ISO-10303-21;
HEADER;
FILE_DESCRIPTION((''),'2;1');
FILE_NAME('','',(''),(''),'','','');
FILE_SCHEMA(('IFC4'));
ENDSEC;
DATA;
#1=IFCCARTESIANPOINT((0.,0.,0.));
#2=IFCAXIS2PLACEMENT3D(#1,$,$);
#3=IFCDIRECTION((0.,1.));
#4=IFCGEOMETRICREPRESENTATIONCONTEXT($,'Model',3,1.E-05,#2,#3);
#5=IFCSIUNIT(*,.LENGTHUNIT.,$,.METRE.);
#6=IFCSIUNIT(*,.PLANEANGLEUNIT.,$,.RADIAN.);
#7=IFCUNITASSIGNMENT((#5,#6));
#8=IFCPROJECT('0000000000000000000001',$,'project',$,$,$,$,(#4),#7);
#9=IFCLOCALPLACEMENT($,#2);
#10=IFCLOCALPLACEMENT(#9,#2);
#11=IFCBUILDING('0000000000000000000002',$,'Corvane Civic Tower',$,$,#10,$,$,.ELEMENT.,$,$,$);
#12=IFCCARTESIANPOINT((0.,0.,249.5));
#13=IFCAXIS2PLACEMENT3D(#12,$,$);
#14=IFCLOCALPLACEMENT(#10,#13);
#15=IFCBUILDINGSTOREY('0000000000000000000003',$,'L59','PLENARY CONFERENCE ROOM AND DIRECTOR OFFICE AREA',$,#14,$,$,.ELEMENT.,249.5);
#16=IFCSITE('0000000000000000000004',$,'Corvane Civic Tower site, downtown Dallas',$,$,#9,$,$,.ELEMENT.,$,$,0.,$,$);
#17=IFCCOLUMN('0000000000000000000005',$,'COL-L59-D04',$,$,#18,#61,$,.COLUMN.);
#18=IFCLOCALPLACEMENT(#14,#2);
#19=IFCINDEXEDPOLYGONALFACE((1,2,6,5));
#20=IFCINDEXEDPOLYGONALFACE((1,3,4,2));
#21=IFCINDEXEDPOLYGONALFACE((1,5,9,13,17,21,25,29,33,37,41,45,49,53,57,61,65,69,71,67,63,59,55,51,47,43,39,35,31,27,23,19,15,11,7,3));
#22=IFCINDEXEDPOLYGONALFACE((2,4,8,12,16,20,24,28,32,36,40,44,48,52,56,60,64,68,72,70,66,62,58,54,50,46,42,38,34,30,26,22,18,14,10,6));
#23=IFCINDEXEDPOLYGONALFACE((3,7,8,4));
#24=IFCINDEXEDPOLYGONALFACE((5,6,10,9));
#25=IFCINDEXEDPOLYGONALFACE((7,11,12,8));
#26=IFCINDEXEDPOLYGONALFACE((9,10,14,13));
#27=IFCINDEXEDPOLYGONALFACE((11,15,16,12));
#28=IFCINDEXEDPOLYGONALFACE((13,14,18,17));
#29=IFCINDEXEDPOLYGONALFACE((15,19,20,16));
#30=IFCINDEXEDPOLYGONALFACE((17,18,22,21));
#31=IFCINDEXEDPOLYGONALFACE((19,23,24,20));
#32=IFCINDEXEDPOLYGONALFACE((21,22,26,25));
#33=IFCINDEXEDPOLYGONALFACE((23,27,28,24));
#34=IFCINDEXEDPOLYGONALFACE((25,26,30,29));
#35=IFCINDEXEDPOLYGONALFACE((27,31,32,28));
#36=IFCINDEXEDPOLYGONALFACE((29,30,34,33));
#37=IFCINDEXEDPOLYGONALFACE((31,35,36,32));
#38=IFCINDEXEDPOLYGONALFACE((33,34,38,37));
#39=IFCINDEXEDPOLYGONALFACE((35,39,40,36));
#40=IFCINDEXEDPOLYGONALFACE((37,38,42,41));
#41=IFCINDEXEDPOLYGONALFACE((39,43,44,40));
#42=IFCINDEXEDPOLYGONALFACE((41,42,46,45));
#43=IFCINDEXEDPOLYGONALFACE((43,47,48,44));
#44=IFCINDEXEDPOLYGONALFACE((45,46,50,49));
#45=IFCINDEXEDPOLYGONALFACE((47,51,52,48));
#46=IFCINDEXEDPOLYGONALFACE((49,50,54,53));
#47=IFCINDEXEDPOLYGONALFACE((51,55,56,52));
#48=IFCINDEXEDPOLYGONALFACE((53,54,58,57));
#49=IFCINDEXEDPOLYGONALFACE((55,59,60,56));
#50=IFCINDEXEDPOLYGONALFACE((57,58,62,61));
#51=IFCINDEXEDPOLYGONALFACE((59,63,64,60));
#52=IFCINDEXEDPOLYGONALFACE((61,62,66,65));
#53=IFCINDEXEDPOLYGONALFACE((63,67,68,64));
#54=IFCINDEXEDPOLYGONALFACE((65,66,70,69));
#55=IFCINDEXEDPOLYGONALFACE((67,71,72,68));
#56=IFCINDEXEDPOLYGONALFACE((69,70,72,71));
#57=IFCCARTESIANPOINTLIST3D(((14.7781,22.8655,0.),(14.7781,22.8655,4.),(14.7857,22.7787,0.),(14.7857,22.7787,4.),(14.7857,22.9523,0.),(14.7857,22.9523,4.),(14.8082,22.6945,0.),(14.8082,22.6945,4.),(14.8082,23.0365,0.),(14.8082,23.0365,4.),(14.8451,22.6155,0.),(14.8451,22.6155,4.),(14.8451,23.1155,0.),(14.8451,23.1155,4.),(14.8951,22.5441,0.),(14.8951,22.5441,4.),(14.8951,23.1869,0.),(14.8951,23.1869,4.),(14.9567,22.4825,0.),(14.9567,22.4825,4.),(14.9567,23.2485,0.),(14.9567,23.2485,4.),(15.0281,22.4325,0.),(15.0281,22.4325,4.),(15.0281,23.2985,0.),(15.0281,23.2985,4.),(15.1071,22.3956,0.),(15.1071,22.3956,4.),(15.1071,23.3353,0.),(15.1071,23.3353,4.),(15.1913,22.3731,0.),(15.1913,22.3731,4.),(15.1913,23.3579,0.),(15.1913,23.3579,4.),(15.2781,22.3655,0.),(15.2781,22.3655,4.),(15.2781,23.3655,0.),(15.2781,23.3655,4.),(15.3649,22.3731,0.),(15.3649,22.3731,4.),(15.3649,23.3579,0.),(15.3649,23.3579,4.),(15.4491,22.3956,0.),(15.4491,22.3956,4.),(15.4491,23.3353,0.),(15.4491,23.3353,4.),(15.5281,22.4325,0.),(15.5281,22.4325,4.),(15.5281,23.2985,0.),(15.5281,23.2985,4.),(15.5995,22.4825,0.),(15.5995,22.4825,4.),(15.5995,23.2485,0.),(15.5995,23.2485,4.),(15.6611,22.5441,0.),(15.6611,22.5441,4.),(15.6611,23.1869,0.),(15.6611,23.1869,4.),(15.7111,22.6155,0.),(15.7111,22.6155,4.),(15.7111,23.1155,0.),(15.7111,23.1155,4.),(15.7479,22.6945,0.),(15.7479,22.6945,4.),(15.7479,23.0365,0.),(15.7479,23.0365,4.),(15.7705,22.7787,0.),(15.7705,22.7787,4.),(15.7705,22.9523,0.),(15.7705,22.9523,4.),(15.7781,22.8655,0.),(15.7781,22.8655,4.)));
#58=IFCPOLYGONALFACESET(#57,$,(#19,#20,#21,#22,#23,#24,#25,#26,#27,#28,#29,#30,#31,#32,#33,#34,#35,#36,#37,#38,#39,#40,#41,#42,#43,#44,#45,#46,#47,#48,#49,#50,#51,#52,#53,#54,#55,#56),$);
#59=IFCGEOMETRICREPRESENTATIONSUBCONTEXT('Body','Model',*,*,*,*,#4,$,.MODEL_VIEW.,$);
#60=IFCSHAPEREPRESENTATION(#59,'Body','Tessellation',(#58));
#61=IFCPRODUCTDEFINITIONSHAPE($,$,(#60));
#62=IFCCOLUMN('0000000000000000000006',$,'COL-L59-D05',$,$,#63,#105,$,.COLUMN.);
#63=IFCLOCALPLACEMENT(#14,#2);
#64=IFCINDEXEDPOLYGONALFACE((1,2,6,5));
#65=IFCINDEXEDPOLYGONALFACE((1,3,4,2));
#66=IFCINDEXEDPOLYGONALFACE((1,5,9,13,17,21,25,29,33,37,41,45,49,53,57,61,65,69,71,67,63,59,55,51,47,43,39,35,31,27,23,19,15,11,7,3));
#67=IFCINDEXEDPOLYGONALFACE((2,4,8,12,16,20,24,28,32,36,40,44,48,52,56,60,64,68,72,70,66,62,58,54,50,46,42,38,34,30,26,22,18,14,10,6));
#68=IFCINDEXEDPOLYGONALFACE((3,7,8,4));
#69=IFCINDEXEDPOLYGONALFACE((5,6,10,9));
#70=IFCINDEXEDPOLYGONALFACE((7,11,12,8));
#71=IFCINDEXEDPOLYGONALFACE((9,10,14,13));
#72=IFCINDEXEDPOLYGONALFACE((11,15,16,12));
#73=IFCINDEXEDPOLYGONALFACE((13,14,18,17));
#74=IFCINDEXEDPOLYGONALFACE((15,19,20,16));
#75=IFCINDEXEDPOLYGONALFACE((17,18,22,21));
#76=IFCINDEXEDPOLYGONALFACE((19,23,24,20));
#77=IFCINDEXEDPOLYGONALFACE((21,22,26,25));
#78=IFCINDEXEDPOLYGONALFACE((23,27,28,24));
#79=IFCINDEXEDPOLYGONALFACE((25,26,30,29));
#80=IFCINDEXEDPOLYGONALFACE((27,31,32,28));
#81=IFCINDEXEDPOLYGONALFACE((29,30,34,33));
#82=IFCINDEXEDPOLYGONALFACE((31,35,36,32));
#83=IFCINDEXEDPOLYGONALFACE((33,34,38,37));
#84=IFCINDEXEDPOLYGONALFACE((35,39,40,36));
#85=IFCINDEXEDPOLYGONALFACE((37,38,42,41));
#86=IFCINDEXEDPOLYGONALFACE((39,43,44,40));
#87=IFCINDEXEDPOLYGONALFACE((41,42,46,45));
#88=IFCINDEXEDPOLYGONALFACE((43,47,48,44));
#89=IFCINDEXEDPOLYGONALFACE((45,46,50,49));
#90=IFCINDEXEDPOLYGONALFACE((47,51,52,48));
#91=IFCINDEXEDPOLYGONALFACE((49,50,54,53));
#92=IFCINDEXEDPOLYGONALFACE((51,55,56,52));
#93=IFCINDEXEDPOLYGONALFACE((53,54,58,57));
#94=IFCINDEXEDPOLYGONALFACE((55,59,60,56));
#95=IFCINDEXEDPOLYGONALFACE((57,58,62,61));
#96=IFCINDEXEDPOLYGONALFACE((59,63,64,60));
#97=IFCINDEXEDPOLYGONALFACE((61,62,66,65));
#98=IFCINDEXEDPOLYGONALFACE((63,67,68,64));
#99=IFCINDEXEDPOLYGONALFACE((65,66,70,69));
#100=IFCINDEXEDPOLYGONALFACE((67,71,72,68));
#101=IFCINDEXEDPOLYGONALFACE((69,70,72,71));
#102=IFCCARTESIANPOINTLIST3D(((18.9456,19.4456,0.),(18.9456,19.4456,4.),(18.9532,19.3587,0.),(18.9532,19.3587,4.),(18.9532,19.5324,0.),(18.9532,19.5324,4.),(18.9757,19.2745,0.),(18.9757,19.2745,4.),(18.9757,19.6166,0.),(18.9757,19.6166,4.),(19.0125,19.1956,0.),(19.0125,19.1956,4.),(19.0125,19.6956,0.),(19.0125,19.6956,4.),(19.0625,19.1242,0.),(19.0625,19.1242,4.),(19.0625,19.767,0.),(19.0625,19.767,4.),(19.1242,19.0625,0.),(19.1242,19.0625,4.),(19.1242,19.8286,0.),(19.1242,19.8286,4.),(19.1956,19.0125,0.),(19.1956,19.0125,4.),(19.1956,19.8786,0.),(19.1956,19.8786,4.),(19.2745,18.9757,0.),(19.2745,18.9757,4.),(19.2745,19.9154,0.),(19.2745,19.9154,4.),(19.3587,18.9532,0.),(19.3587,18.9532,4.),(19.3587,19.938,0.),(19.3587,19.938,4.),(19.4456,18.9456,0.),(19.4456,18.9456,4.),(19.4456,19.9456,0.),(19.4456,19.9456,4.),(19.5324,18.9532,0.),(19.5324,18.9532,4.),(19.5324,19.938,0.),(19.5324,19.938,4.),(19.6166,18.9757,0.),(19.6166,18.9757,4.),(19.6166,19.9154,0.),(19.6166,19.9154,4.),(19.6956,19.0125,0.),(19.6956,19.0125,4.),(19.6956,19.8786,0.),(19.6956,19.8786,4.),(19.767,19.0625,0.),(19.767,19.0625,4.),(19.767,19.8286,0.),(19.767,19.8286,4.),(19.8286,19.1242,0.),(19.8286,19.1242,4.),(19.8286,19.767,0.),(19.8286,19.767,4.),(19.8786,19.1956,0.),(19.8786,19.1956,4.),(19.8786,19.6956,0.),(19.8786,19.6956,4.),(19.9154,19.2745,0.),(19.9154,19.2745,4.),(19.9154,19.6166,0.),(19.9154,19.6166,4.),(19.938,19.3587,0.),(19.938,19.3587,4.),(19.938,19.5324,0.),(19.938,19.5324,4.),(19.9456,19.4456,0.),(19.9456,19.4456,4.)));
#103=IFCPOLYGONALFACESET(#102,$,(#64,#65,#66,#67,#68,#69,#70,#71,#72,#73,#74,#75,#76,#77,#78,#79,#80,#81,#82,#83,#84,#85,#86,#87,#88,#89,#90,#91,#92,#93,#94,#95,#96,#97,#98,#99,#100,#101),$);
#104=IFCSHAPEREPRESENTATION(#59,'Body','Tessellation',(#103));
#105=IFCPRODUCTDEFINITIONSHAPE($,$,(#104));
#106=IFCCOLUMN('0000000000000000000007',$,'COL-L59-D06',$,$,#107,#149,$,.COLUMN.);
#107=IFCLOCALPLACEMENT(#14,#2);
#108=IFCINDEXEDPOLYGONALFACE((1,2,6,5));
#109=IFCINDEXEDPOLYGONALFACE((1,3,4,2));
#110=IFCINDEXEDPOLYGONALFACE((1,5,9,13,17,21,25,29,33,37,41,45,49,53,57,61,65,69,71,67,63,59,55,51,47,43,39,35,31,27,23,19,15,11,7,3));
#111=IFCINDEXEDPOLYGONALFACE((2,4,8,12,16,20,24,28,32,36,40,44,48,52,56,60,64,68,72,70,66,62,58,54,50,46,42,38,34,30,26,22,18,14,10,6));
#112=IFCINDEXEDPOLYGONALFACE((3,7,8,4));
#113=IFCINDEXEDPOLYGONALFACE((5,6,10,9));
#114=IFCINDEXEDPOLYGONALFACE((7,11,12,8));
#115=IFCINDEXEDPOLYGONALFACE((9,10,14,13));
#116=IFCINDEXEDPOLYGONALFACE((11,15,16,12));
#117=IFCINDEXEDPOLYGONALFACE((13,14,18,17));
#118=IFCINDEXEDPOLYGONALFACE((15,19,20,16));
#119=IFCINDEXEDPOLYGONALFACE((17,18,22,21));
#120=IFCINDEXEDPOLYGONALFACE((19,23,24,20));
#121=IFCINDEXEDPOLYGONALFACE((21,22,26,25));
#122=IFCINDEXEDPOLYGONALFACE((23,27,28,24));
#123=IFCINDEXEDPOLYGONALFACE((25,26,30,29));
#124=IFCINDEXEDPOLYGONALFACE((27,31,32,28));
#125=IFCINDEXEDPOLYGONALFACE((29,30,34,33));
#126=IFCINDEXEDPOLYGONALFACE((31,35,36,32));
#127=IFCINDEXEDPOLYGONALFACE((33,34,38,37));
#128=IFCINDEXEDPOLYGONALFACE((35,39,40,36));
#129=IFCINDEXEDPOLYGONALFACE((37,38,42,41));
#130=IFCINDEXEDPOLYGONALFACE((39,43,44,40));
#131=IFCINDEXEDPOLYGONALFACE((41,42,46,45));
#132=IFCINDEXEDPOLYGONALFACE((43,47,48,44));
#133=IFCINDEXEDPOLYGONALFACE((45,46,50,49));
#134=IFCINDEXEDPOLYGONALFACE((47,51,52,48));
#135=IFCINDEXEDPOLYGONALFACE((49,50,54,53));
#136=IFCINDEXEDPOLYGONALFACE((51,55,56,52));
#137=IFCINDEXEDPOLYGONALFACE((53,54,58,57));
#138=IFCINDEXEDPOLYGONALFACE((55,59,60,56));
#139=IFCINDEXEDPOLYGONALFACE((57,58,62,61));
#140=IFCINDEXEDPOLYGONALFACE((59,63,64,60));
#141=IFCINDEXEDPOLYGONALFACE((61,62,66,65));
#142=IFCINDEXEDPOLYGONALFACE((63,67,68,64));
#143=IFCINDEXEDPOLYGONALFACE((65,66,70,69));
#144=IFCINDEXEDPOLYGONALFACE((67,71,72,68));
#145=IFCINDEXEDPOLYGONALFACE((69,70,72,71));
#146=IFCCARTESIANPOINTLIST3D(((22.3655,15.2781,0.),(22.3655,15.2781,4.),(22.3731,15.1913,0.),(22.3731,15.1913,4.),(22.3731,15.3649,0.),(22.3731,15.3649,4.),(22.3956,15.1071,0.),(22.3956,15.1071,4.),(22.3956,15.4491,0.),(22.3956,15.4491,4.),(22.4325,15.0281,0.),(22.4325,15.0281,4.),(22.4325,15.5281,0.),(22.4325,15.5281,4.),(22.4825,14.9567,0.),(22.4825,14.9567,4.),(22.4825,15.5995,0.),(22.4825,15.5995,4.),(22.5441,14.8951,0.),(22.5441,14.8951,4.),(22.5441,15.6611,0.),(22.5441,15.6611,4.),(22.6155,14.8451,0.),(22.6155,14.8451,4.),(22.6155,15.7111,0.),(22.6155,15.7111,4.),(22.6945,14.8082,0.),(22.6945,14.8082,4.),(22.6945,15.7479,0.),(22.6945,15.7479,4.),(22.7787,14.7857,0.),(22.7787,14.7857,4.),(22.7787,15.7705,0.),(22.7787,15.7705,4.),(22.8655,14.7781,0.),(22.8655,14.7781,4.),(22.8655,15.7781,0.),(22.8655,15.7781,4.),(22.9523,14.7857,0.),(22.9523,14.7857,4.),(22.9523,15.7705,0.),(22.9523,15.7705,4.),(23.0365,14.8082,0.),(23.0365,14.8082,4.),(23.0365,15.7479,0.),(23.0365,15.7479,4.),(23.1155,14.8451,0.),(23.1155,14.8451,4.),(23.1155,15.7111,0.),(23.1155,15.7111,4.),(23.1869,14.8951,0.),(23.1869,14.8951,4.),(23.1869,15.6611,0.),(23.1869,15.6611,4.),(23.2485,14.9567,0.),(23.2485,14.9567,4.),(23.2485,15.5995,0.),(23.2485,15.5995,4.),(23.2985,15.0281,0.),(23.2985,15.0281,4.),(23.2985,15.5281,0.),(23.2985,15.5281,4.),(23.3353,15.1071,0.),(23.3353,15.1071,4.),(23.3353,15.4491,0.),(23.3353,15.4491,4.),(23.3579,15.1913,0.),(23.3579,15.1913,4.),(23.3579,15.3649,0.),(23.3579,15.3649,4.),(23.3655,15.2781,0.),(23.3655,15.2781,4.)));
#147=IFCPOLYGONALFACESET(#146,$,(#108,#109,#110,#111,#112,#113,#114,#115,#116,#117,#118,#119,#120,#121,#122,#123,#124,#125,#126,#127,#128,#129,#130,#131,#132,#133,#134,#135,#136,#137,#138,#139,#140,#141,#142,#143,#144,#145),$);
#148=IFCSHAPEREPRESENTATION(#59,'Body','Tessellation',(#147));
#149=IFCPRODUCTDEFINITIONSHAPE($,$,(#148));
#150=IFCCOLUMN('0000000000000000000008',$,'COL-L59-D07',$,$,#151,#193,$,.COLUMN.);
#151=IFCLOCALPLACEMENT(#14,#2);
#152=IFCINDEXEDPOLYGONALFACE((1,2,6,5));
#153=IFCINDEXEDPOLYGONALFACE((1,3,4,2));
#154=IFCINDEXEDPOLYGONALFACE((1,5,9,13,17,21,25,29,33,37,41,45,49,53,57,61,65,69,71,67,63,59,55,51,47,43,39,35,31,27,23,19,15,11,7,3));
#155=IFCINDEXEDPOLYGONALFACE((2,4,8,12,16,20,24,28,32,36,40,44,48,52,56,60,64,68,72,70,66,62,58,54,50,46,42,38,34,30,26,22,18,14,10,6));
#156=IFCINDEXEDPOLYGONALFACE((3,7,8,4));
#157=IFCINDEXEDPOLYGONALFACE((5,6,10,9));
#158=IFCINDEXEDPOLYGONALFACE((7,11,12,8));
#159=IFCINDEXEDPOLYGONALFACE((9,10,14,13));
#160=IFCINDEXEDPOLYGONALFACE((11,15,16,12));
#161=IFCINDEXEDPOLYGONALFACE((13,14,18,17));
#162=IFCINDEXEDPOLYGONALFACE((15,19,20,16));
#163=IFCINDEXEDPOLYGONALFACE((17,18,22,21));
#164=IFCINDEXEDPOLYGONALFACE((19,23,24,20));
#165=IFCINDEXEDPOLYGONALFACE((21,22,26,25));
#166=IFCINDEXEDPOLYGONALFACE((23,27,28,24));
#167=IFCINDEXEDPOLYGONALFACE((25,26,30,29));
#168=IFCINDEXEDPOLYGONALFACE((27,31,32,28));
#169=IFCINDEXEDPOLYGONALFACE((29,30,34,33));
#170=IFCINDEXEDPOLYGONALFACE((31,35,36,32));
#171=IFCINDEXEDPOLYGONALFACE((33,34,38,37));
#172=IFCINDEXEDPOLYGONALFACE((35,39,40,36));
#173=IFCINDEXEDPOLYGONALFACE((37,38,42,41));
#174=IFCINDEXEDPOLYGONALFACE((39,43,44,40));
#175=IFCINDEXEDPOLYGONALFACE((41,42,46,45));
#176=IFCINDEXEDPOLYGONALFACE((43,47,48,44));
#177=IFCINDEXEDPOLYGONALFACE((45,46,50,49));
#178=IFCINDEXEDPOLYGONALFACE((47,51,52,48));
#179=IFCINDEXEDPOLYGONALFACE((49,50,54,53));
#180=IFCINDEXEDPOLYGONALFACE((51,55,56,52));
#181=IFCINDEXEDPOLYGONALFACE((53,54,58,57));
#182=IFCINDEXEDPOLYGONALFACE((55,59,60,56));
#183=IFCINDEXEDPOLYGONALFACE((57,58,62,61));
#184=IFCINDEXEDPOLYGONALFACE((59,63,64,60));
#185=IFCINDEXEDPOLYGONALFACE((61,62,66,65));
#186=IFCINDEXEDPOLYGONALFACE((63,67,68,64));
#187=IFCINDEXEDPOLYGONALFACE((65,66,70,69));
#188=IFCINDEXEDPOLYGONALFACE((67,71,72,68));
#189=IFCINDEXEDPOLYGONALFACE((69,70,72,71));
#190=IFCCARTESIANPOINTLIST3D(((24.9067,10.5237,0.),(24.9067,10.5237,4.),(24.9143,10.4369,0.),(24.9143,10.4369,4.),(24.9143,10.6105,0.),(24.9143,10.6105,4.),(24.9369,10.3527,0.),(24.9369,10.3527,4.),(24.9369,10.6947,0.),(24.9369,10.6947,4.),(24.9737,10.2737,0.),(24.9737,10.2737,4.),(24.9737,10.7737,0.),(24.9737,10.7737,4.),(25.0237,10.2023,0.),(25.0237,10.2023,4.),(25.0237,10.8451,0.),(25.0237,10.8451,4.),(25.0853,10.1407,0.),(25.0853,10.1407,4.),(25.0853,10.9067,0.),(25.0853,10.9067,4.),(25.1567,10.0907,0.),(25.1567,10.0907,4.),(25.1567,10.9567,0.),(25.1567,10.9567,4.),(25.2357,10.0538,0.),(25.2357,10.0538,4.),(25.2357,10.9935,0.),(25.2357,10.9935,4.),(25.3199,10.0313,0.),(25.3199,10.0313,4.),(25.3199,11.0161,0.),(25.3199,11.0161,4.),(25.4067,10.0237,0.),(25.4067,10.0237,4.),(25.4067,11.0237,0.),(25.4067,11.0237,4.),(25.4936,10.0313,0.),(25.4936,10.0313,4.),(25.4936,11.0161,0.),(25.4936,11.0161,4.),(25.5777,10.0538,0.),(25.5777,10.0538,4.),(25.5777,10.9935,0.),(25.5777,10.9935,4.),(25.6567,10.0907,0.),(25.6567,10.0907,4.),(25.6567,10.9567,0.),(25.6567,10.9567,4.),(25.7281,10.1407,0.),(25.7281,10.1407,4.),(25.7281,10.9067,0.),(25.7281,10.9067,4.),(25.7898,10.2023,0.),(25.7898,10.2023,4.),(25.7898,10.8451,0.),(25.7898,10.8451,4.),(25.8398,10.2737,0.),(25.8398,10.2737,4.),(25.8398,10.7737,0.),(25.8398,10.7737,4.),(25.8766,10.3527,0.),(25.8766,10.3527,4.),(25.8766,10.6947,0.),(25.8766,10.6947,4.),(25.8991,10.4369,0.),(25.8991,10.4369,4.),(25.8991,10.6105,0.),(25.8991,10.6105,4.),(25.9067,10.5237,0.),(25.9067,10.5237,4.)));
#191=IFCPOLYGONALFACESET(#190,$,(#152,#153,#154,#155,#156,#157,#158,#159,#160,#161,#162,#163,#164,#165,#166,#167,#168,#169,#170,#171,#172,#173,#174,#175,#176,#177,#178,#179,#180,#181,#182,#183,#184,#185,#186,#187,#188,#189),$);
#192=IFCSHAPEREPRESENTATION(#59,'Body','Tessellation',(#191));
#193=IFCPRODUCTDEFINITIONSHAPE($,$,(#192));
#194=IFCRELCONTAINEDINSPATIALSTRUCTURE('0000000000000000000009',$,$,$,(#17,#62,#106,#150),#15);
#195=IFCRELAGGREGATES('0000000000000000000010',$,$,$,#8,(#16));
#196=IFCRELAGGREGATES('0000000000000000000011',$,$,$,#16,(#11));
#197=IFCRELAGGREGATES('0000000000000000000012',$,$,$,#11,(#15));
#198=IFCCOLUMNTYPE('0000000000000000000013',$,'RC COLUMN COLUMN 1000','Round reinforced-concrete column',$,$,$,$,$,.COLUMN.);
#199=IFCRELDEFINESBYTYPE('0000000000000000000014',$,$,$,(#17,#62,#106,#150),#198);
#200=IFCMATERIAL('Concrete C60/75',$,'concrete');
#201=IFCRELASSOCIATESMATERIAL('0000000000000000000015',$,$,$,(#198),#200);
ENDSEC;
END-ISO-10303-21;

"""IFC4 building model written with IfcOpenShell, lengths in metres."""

from ifc_helpers import new_model, si_unit, direction, frame, origin, origin_2d, place, context, subcontext, project, spatial, circle, extrude, material, material_profile, profile_set, type_object, element, save


model = new_model("IFC4")

# Units and contexts
model_context = context("Model", 3, precision=1e-05, world=origin(), true_north=direction((0.0, 1.0)))
body_context = subcontext(model_context, "Body", "Model", "MODEL_VIEW")
ifc_project = project(units=[si_unit("LENGTHUNIT", "METRE"), si_unit("PLANEANGLEUNIT", "RADIAN")], contexts=[model_context])

# Site, building, storey
site_placement = place(None, origin())
site = spatial("IfcSite", under=ifc_project, at=site_placement, Name="Corvane Civic Tower site, downtown Dallas", CompositionType="ELEMENT", RefElevation=0.0)
building_placement = place(site_placement, origin())
building = spatial("IfcBuilding", under=site, at=building_placement, Name="Corvane Civic Tower", CompositionType="ELEMENT")
storey_placement = place(building_placement, frame((0.0, 0.0, 249.5)))
storey = spatial("IfcBuildingStorey", under=building, at=storey_placement, Name="L59", Description="PLENARY CONFERENCE ROOM AND DIRECTOR OFFICE AREA", CompositionType="ELEMENT", Elevation=249.5)

# Columns
ifc_material_1 = material(Name="Concrete C60/75", Category="concrete")
ifc_material_profile_1 = material_profile(ifc_material_1, circle(Radius=0.5, at=origin_2d()), Name="COLUMN 1000")
ifc_profile_set_1 = profile_set([ifc_material_profile_1], Name="Concrete C60/75")
column_type = type_object("IfcColumnType", Name="RC COLUMN COLUMN 1000", Description="Round reinforced-concrete column", PredefinedType="COLUMN", material=ifc_profile_set_1)
for number, where, z_axis, x_axis, name in (
    (1, (15.2781, 22.8655, 0.0), (0.0, 0.0, 1.0), (1.0, 0.0, 0.0), "COL-L59-D04"),
    (2, (19.4456, 19.4456, 0.0), (0.0, 0.0, 1.0), (1.0, 0.0, 0.0), "COL-L59-D05"),
    (3, (22.8655, 15.2781, 0.0), (0.0, 0.0, 1.0), (1.0, 0.0, 0.0), "COL-L59-D06"),
    (4, (25.4067, 10.5237, 0.0), (0.0, 0.0, 1.0), (1.0, 0.0, 0.0), "COL-L59-D07"),
):
    element("IfcColumn", number, at=place(storey_placement, frame(where, z_axis=z_axis, x_axis=x_axis)), inside=storey, type_object=column_type, Name=name, PredefinedType="COLUMN", context=body_context, shape_type="SweptSolid", body=[
        extrude(circle(Radius=0.5, at=origin_2d()), origin(), (0.0, 0.0, 1.0), 4.0),
    ])

save(model, "model.ifc")
